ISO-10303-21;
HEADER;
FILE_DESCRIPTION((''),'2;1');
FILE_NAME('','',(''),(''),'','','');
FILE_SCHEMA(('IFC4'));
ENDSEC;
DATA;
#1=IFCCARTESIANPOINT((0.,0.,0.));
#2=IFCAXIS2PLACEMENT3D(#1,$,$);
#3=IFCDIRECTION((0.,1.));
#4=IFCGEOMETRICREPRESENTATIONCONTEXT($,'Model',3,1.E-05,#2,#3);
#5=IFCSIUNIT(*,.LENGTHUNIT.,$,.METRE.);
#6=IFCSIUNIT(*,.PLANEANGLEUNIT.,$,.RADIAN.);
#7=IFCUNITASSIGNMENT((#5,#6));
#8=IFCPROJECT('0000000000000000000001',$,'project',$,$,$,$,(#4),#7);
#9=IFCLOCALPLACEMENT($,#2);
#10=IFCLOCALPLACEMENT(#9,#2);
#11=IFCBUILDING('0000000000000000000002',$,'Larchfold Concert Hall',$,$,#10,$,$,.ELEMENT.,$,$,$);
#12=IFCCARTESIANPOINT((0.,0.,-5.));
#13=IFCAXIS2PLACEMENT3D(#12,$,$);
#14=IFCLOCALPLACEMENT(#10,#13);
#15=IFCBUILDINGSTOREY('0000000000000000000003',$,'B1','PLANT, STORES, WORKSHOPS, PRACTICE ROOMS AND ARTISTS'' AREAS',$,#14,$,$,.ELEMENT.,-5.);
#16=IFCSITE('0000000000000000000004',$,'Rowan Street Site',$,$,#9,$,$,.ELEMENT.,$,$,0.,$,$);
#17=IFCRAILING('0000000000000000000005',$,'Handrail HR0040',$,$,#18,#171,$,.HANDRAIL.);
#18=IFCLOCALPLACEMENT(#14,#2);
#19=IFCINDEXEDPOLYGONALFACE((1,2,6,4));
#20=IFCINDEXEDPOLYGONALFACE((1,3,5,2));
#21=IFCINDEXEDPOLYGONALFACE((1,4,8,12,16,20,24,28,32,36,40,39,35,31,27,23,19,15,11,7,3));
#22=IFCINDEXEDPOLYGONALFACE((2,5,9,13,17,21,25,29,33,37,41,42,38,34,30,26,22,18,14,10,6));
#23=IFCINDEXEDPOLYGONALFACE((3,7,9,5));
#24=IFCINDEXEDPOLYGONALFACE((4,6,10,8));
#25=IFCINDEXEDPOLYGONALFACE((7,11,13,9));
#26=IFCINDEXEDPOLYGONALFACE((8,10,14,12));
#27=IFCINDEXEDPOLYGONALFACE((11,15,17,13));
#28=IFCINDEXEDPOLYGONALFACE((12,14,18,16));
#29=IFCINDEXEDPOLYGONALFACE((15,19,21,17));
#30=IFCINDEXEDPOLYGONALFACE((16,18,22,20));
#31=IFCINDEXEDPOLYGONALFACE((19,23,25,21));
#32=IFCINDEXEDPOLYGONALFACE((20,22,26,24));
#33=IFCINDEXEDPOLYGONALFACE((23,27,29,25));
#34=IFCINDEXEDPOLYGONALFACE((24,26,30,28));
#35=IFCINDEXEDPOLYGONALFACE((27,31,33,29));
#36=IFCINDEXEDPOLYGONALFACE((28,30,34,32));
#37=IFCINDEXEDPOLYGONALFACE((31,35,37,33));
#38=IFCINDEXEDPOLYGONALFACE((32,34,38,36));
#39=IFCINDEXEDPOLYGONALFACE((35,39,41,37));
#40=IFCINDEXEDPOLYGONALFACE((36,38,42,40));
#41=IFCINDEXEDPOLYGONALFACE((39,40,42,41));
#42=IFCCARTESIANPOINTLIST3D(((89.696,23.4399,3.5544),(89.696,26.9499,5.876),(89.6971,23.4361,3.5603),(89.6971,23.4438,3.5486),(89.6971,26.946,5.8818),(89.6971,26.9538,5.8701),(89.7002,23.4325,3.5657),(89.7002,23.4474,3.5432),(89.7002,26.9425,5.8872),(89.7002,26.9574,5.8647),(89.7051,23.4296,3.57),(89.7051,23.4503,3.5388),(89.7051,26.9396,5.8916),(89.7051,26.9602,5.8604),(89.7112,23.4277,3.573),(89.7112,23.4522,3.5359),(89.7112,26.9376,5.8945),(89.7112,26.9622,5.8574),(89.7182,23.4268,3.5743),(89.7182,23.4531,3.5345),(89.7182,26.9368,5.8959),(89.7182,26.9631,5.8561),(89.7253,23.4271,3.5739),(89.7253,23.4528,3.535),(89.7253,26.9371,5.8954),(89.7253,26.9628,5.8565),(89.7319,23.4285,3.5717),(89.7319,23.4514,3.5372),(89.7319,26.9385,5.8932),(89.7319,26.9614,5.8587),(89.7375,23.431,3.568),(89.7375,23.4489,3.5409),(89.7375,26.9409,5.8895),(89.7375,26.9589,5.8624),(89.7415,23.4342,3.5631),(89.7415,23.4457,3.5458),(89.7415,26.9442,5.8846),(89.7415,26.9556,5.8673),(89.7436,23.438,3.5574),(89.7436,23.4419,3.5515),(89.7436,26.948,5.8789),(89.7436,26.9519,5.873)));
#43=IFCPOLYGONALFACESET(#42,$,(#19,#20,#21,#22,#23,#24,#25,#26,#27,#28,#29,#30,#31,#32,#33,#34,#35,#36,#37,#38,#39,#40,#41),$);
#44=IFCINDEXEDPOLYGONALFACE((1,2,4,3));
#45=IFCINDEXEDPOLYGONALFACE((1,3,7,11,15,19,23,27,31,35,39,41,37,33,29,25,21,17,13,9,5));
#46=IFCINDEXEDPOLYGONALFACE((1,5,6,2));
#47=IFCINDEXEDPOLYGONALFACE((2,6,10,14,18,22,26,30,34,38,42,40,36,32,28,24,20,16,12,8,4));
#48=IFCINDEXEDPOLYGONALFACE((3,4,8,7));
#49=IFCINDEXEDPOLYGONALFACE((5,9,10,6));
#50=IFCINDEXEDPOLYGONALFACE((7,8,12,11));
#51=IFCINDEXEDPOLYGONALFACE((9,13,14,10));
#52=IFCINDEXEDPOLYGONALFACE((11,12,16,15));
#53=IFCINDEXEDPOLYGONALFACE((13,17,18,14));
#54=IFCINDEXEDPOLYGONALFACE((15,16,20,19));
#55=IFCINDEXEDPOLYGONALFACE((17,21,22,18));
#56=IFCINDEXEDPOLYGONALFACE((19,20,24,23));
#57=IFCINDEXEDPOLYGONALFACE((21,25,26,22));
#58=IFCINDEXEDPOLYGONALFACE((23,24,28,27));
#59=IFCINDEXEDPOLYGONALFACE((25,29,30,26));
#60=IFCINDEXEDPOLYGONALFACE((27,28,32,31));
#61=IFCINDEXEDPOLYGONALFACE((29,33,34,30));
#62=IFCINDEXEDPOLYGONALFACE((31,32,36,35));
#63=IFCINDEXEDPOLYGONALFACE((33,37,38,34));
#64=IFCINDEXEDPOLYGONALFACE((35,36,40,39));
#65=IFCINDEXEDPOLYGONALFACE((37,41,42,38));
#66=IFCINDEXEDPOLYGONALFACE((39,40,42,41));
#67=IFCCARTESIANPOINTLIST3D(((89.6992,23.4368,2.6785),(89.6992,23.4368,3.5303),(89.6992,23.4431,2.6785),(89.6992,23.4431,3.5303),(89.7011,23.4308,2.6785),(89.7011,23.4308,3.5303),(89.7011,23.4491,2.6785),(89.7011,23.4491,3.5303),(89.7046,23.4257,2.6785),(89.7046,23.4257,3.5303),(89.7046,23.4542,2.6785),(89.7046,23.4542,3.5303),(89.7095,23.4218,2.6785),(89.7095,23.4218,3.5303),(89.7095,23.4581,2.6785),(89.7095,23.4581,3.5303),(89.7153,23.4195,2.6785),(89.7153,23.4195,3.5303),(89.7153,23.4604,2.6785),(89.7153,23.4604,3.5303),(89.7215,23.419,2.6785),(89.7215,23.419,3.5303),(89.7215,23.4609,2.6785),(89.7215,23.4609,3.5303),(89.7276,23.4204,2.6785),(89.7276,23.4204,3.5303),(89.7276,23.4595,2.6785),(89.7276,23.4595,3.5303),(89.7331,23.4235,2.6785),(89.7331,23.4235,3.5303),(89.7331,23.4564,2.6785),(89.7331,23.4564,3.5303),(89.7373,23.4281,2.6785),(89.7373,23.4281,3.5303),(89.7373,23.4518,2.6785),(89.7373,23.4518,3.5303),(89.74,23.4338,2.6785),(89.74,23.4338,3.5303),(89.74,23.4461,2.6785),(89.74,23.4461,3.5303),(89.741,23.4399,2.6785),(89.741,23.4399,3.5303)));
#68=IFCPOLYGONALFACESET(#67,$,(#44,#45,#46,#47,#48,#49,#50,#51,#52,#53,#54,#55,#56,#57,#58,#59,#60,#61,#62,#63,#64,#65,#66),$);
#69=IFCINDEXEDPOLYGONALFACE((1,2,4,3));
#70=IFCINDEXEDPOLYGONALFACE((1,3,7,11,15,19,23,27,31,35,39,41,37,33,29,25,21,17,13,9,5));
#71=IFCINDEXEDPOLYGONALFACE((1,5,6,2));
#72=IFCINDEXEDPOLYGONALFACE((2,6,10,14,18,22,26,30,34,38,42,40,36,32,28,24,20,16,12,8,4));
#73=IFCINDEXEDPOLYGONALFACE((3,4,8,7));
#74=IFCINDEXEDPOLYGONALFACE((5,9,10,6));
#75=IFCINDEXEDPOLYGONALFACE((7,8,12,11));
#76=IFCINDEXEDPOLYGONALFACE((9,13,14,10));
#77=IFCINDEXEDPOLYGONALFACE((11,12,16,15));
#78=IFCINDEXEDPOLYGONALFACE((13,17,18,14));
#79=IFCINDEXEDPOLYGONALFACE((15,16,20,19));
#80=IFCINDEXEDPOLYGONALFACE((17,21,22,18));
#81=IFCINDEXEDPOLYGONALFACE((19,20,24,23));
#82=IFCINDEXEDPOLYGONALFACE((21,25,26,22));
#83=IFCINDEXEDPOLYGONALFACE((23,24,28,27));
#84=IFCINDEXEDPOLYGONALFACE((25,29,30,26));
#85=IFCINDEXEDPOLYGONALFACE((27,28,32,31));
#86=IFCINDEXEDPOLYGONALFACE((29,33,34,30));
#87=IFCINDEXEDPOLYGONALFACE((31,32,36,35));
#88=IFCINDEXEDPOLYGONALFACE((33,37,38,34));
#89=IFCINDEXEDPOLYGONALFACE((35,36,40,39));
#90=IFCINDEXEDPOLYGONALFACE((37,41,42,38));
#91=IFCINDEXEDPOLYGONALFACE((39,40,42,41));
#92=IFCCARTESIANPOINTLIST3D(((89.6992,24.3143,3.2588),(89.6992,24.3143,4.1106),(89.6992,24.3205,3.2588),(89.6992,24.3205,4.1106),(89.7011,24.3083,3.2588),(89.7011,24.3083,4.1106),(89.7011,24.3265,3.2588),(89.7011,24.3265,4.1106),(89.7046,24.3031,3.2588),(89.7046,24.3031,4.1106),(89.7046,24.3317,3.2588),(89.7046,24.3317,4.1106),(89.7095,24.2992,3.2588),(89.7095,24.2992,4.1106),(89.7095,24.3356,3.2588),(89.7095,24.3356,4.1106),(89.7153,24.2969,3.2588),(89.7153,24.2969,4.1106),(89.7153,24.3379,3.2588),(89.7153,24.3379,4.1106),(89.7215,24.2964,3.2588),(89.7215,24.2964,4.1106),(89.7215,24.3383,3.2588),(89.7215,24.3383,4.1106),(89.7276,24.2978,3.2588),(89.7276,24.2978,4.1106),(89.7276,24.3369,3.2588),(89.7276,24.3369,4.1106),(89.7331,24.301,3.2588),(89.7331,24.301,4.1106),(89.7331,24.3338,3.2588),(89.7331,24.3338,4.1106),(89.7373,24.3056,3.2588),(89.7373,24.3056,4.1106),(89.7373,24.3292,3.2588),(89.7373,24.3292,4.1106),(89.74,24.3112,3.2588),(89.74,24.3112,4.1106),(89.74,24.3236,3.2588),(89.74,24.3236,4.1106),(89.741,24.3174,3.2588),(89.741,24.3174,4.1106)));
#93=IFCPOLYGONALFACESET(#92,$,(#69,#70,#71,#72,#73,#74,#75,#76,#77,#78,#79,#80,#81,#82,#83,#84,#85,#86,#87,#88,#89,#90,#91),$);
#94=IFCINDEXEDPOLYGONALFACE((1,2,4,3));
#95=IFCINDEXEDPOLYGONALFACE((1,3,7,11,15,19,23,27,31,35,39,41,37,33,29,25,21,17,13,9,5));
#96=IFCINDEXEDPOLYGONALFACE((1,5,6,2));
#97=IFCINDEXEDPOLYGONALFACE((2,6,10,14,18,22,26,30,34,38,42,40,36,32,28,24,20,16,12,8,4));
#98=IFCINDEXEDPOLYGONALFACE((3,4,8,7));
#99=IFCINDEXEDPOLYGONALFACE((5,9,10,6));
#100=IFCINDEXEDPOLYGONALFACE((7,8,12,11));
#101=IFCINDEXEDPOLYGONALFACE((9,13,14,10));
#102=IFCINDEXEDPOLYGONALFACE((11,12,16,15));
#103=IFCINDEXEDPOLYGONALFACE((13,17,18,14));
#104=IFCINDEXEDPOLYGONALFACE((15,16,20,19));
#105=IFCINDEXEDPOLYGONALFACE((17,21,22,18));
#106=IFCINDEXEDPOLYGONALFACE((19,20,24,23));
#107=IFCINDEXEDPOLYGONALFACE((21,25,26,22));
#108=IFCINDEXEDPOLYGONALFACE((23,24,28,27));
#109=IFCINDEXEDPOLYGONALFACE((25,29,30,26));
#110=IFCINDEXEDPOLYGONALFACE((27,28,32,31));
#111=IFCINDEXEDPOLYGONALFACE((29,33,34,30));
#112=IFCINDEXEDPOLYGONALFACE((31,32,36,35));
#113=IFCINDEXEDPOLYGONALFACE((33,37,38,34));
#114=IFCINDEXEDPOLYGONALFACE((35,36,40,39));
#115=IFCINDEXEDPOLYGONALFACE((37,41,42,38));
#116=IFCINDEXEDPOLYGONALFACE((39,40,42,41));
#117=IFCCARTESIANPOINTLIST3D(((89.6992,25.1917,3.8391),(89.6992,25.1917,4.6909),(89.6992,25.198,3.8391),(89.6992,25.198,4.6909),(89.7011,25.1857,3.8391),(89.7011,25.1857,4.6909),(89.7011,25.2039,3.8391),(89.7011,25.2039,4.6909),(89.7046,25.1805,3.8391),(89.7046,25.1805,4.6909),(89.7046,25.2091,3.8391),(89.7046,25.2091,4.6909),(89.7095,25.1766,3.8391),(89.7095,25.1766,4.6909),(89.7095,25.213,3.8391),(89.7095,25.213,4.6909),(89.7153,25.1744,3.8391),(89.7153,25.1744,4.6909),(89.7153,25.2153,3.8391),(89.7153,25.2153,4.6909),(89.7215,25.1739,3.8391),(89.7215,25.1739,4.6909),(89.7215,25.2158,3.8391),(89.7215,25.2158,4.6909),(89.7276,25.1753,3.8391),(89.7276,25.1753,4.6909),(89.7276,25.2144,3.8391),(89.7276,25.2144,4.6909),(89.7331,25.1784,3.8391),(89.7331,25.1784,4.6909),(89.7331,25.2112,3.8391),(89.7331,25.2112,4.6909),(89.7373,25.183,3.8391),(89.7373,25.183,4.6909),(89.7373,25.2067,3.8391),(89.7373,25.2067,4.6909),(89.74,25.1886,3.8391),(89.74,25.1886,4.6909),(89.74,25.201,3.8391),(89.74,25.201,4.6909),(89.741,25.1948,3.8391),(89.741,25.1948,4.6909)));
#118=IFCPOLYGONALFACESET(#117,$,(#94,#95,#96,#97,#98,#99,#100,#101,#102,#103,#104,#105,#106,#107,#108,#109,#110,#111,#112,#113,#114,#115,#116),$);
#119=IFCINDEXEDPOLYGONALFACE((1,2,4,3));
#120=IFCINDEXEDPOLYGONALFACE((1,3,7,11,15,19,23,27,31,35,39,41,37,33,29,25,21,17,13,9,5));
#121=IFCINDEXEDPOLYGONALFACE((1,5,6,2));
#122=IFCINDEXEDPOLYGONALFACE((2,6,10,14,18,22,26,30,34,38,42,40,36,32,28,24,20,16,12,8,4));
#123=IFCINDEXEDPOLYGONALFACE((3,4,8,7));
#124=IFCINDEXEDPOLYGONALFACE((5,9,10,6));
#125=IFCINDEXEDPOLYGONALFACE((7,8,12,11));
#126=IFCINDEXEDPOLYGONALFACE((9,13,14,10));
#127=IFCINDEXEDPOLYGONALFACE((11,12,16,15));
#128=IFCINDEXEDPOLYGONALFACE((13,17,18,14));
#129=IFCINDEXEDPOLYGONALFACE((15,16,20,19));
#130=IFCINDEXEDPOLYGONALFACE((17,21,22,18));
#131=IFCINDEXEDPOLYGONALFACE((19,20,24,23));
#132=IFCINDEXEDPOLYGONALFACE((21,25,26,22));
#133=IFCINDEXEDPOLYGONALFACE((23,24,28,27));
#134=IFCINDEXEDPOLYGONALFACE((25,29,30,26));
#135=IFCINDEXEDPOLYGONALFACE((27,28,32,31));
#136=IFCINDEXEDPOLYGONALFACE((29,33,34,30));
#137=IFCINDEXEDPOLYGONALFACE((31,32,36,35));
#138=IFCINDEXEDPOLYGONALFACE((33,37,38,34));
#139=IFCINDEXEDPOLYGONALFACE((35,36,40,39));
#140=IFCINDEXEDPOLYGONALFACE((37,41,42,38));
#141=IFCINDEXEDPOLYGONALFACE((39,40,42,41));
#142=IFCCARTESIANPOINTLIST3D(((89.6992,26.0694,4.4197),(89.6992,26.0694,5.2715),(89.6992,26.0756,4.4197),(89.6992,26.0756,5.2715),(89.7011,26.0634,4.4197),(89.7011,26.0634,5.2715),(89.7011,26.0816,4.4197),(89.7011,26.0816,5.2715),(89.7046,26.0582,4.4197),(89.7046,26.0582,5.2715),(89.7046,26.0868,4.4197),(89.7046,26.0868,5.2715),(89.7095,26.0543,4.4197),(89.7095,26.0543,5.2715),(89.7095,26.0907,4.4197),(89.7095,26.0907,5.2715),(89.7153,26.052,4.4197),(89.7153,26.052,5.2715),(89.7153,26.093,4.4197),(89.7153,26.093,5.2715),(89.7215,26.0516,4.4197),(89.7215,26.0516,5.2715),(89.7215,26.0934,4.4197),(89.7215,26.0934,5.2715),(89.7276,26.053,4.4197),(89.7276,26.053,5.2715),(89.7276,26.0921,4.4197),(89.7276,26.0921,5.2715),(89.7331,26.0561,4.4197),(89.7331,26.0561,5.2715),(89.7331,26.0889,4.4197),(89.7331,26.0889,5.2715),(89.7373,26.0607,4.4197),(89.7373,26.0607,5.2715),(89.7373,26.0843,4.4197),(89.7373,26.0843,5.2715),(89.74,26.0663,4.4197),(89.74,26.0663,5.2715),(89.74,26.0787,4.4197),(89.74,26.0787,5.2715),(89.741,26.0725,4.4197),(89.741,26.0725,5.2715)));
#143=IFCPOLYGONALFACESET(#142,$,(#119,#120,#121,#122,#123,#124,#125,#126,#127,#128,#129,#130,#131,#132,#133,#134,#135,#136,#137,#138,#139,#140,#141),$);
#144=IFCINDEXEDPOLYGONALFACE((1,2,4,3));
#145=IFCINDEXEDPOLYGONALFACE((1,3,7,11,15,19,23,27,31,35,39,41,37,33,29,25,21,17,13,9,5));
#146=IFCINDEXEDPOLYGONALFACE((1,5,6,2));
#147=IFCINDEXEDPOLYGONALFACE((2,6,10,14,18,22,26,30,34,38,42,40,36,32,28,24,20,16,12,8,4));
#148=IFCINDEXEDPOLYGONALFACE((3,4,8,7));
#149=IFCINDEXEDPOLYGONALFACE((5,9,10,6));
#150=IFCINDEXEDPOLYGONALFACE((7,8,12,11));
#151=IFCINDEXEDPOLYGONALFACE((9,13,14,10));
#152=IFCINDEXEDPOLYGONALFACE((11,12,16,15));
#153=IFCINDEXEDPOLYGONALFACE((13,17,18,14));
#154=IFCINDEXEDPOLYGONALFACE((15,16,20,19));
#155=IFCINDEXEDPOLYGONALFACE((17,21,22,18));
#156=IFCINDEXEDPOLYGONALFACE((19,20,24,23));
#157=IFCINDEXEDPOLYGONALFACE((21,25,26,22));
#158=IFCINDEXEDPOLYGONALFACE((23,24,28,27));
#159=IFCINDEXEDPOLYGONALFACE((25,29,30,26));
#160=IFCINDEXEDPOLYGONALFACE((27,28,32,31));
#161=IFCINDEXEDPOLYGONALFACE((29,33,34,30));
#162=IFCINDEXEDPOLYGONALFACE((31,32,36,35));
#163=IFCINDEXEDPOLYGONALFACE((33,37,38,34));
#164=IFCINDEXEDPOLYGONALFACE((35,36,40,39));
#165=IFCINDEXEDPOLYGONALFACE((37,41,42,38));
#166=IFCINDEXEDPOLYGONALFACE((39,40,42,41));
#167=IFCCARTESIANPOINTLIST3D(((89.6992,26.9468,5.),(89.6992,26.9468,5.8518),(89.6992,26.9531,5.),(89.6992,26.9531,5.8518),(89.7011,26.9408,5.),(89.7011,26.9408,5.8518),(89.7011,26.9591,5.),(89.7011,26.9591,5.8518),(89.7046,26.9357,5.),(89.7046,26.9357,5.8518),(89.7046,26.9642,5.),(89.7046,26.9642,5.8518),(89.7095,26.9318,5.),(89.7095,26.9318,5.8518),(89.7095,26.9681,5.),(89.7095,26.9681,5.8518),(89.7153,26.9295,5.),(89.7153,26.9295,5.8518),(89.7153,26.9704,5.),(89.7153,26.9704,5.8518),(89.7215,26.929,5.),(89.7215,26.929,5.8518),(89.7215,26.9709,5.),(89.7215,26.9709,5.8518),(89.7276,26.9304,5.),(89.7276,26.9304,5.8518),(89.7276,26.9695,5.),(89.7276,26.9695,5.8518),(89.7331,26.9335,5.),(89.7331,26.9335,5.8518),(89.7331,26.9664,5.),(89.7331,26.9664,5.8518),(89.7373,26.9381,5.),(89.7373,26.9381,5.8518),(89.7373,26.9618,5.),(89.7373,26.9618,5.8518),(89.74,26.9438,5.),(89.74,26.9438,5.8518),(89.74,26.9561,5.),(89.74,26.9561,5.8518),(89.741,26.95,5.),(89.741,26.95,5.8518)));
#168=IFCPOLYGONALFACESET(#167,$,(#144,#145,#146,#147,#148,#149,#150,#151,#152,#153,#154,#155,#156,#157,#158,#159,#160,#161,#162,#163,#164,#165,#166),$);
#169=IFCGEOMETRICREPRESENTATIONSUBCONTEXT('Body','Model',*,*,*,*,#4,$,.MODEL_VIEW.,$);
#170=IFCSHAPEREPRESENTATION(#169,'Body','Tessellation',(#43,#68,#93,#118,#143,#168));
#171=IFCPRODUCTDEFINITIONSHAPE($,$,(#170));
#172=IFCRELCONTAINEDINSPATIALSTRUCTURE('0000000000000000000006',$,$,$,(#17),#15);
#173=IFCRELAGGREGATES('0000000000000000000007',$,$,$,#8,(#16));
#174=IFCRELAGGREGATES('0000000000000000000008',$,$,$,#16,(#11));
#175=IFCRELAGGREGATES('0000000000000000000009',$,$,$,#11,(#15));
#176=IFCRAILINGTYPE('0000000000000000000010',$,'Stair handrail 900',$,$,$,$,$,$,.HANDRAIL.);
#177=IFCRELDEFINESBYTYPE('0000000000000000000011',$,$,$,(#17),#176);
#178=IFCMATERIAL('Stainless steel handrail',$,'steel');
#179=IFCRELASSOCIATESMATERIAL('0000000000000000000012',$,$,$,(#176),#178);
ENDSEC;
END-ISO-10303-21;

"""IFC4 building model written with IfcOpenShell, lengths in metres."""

from ifc_helpers import new_model, si_unit, direction, frame, origin, origin_2d, place, context, subcontext, project, spatial, circle, extrude, material, type_object, element, save


model = new_model("IFC4")

# Units and contexts
model_context = context("Model", 3, precision=1e-05, world=origin(), true_north=direction((0.0, 1.0)))
body_context = subcontext(model_context, "Body", "Model", "MODEL_VIEW")
ifc_project = project(units=[si_unit("LENGTHUNIT", "METRE"), si_unit("PLANEANGLEUNIT", "RADIAN")], contexts=[model_context])

# Site, building, storey
site_placement = place(None, origin())
site = spatial("IfcSite", under=ifc_project, at=site_placement, Name="Rowan Street Site", CompositionType="ELEMENT", RefElevation=0.0)
building_placement = place(site_placement, origin())
building = spatial("IfcBuilding", under=site, at=building_placement, Name="Larchfold Concert Hall", CompositionType="ELEMENT")
storey_placement = place(building_placement, frame((0.0, 0.0, -5.0)))
storey = spatial("IfcBuildingStorey", under=building, at=storey_placement, Name="B1", Description="PLANT, STORES, WORKSHOPS, PRACTICE ROOMS AND ARTISTS' AREAS", CompositionType="ELEMENT", Elevation=-5.0)

# Railing
ifc_material_1 = material(Name="Stainless steel handrail", Category="steel")
railing_type_1 = type_object("IfcRailingType", Name="Stair handrail 900", PredefinedType="HANDRAIL", material=ifc_material_1)
railing_1_placement = place(storey_placement, frame((89.72, 23.4399, 2.6785)))
element("IfcRailing", 1, at=railing_1_placement, inside=storey, type_object=railing_type_1, Name="Handrail HR0040", PredefinedType="HANDRAIL", context=body_context, shape_type="SweptSolid", body=[
    extrude(circle(Radius=0.0239, at=origin_2d()), frame((0.0, 0.0, 0.876), z_axis=(0.0, 0.834071, 0.551657), x_axis=(-1.0, 0.0, 0.0)), (0.0, 0.0, 1.0), 4.2083),
    extrude(circle(Radius=0.021, at=origin_2d()), origin(), (0.0, 0.0, 1.0), 0.8518),
    extrude(circle(Radius=0.021, at=origin_2d()), frame((0.0, 0.8774, 0.5803)), (0.0, 0.0, 1.0), 0.8518),
    extrude(circle(Radius=0.021, at=origin_2d()), frame((0.0, 1.7549, 1.1606)), (0.0, 0.0, 1.0), 0.8518),
    extrude(circle(Radius=0.021, at=origin_2d()), frame((0.0, 2.6326, 1.7412)), (0.0, 0.0, 1.0), 0.8518),
    extrude(circle(Radius=0.021, at=origin_2d()), frame((0.0, 3.51, 2.3215)), (0.0, 0.0, 1.0), 0.8518),
])

save(model, "model.ifc")
